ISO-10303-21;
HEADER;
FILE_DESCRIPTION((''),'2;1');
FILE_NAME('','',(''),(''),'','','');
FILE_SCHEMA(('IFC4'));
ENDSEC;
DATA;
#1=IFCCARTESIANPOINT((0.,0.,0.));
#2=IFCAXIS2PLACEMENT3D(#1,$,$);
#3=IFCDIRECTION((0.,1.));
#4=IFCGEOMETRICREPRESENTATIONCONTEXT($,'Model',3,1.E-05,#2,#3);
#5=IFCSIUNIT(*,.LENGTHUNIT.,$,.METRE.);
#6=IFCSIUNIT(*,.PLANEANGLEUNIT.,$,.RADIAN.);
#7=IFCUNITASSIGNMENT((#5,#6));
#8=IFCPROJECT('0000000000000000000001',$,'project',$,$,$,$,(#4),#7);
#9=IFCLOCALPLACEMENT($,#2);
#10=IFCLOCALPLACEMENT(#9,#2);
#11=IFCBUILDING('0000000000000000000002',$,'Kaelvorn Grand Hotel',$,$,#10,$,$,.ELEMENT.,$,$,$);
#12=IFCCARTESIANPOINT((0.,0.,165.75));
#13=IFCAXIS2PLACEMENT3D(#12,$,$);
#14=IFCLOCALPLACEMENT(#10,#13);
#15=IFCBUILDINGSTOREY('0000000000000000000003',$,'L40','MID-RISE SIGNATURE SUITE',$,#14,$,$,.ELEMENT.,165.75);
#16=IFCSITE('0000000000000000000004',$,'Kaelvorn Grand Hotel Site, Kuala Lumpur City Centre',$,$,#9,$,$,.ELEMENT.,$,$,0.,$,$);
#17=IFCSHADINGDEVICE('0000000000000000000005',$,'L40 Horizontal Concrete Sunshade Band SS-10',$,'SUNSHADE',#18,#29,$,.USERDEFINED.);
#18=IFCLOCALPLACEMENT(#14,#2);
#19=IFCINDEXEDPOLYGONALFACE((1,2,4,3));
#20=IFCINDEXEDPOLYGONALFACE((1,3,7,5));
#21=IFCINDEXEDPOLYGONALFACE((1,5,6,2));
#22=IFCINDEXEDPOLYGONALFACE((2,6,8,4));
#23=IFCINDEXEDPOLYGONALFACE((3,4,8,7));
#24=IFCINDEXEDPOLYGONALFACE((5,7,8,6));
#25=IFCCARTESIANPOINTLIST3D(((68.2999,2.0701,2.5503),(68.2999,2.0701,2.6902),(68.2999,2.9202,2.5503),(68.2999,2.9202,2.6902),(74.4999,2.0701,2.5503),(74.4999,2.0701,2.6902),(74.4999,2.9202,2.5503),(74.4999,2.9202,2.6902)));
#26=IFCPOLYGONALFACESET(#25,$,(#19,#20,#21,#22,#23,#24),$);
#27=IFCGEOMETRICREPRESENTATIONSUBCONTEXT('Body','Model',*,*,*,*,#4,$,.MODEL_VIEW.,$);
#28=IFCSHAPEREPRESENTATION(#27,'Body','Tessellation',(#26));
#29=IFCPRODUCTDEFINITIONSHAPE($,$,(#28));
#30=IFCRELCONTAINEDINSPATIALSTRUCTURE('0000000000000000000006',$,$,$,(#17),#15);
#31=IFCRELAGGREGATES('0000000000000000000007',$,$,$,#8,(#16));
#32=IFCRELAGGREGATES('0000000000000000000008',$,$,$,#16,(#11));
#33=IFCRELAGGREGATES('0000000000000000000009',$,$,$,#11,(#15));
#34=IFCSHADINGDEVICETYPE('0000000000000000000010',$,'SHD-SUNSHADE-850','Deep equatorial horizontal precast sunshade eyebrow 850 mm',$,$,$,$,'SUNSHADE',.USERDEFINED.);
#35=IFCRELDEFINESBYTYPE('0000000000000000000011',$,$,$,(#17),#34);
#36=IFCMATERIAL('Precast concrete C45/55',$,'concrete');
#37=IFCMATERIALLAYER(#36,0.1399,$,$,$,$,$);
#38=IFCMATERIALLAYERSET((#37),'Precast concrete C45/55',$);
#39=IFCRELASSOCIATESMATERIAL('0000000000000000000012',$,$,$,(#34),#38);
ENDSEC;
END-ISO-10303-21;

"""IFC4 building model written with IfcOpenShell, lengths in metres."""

from ifc_helpers import new_model, si_unit, direction, frame, origin, origin_2d, place, context, subcontext, project, spatial, rectangle, extrude, material, layer, layer_set, type_object, element, save


model = new_model("IFC4")

# Units and contexts
model_context = context("Model", 3, precision=1e-05, world=origin(), true_north=direction((0.0, 1.0)))
body_context = subcontext(model_context, "Body", "Model", "MODEL_VIEW")
ifc_project = project(units=[si_unit("LENGTHUNIT", "METRE"), si_unit("PLANEANGLEUNIT", "RADIAN")], contexts=[model_context])

# Site, building, storey
site_placement = place(None, origin())
site = spatial("IfcSite", under=ifc_project, at=site_placement, Name="Kaelvorn Grand Hotel Site, Kuala Lumpur City Centre", CompositionType="ELEMENT", RefElevation=0.0)
building_placement = place(site_placement, origin())
building = spatial("IfcBuilding", under=site, at=building_placement, Name="Kaelvorn Grand Hotel", CompositionType="ELEMENT")
storey_placement = place(building_placement, frame((0.0, 0.0, 165.75)))
storey = spatial("IfcBuildingStorey", under=building, at=storey_placement, Name="L40", Description="MID-RISE SIGNATURE SUITE", CompositionType="ELEMENT", Elevation=165.75)

# Shared definitions
ifc_material_1 = material(Name="Precast concrete C45/55", Category="concrete")

# Shading device
ifc_layer_1 = layer(ifc_material_1, 0.1399)
ifc_layer_set_1 = layer_set([ifc_layer_1], Name="Precast concrete C45/55")
shading_device_type = type_object("IfcShadingDeviceType", Name="SHD-SUNSHADE-850", Description="Deep equatorial horizontal precast sunshade eyebrow 850 mm", ElementType="SUNSHADE", PredefinedType="USERDEFINED", material=ifc_layer_set_1)
shading_device_placement = place(storey_placement, frame((71.3999, 2.4951, 2.5503), z_axis=(0.0, 0.0, 1.0), x_axis=(1.0, 0.0, 0.0)))
element("IfcShadingDevice", 1, at=shading_device_placement, inside=storey, type_object=shading_device_type, Name="L40 Horizontal Concrete Sunshade Band SS-10", ObjectType="SUNSHADE", PredefinedType="USERDEFINED", context=body_context, shape_type="SweptSolid", body=[
    extrude(rectangle(XDim=6.2, YDim=0.8501, at=origin_2d()), origin(), (0.0, 0.0, 1.0), 0.1399),
])

save(model, "model.ifc")
